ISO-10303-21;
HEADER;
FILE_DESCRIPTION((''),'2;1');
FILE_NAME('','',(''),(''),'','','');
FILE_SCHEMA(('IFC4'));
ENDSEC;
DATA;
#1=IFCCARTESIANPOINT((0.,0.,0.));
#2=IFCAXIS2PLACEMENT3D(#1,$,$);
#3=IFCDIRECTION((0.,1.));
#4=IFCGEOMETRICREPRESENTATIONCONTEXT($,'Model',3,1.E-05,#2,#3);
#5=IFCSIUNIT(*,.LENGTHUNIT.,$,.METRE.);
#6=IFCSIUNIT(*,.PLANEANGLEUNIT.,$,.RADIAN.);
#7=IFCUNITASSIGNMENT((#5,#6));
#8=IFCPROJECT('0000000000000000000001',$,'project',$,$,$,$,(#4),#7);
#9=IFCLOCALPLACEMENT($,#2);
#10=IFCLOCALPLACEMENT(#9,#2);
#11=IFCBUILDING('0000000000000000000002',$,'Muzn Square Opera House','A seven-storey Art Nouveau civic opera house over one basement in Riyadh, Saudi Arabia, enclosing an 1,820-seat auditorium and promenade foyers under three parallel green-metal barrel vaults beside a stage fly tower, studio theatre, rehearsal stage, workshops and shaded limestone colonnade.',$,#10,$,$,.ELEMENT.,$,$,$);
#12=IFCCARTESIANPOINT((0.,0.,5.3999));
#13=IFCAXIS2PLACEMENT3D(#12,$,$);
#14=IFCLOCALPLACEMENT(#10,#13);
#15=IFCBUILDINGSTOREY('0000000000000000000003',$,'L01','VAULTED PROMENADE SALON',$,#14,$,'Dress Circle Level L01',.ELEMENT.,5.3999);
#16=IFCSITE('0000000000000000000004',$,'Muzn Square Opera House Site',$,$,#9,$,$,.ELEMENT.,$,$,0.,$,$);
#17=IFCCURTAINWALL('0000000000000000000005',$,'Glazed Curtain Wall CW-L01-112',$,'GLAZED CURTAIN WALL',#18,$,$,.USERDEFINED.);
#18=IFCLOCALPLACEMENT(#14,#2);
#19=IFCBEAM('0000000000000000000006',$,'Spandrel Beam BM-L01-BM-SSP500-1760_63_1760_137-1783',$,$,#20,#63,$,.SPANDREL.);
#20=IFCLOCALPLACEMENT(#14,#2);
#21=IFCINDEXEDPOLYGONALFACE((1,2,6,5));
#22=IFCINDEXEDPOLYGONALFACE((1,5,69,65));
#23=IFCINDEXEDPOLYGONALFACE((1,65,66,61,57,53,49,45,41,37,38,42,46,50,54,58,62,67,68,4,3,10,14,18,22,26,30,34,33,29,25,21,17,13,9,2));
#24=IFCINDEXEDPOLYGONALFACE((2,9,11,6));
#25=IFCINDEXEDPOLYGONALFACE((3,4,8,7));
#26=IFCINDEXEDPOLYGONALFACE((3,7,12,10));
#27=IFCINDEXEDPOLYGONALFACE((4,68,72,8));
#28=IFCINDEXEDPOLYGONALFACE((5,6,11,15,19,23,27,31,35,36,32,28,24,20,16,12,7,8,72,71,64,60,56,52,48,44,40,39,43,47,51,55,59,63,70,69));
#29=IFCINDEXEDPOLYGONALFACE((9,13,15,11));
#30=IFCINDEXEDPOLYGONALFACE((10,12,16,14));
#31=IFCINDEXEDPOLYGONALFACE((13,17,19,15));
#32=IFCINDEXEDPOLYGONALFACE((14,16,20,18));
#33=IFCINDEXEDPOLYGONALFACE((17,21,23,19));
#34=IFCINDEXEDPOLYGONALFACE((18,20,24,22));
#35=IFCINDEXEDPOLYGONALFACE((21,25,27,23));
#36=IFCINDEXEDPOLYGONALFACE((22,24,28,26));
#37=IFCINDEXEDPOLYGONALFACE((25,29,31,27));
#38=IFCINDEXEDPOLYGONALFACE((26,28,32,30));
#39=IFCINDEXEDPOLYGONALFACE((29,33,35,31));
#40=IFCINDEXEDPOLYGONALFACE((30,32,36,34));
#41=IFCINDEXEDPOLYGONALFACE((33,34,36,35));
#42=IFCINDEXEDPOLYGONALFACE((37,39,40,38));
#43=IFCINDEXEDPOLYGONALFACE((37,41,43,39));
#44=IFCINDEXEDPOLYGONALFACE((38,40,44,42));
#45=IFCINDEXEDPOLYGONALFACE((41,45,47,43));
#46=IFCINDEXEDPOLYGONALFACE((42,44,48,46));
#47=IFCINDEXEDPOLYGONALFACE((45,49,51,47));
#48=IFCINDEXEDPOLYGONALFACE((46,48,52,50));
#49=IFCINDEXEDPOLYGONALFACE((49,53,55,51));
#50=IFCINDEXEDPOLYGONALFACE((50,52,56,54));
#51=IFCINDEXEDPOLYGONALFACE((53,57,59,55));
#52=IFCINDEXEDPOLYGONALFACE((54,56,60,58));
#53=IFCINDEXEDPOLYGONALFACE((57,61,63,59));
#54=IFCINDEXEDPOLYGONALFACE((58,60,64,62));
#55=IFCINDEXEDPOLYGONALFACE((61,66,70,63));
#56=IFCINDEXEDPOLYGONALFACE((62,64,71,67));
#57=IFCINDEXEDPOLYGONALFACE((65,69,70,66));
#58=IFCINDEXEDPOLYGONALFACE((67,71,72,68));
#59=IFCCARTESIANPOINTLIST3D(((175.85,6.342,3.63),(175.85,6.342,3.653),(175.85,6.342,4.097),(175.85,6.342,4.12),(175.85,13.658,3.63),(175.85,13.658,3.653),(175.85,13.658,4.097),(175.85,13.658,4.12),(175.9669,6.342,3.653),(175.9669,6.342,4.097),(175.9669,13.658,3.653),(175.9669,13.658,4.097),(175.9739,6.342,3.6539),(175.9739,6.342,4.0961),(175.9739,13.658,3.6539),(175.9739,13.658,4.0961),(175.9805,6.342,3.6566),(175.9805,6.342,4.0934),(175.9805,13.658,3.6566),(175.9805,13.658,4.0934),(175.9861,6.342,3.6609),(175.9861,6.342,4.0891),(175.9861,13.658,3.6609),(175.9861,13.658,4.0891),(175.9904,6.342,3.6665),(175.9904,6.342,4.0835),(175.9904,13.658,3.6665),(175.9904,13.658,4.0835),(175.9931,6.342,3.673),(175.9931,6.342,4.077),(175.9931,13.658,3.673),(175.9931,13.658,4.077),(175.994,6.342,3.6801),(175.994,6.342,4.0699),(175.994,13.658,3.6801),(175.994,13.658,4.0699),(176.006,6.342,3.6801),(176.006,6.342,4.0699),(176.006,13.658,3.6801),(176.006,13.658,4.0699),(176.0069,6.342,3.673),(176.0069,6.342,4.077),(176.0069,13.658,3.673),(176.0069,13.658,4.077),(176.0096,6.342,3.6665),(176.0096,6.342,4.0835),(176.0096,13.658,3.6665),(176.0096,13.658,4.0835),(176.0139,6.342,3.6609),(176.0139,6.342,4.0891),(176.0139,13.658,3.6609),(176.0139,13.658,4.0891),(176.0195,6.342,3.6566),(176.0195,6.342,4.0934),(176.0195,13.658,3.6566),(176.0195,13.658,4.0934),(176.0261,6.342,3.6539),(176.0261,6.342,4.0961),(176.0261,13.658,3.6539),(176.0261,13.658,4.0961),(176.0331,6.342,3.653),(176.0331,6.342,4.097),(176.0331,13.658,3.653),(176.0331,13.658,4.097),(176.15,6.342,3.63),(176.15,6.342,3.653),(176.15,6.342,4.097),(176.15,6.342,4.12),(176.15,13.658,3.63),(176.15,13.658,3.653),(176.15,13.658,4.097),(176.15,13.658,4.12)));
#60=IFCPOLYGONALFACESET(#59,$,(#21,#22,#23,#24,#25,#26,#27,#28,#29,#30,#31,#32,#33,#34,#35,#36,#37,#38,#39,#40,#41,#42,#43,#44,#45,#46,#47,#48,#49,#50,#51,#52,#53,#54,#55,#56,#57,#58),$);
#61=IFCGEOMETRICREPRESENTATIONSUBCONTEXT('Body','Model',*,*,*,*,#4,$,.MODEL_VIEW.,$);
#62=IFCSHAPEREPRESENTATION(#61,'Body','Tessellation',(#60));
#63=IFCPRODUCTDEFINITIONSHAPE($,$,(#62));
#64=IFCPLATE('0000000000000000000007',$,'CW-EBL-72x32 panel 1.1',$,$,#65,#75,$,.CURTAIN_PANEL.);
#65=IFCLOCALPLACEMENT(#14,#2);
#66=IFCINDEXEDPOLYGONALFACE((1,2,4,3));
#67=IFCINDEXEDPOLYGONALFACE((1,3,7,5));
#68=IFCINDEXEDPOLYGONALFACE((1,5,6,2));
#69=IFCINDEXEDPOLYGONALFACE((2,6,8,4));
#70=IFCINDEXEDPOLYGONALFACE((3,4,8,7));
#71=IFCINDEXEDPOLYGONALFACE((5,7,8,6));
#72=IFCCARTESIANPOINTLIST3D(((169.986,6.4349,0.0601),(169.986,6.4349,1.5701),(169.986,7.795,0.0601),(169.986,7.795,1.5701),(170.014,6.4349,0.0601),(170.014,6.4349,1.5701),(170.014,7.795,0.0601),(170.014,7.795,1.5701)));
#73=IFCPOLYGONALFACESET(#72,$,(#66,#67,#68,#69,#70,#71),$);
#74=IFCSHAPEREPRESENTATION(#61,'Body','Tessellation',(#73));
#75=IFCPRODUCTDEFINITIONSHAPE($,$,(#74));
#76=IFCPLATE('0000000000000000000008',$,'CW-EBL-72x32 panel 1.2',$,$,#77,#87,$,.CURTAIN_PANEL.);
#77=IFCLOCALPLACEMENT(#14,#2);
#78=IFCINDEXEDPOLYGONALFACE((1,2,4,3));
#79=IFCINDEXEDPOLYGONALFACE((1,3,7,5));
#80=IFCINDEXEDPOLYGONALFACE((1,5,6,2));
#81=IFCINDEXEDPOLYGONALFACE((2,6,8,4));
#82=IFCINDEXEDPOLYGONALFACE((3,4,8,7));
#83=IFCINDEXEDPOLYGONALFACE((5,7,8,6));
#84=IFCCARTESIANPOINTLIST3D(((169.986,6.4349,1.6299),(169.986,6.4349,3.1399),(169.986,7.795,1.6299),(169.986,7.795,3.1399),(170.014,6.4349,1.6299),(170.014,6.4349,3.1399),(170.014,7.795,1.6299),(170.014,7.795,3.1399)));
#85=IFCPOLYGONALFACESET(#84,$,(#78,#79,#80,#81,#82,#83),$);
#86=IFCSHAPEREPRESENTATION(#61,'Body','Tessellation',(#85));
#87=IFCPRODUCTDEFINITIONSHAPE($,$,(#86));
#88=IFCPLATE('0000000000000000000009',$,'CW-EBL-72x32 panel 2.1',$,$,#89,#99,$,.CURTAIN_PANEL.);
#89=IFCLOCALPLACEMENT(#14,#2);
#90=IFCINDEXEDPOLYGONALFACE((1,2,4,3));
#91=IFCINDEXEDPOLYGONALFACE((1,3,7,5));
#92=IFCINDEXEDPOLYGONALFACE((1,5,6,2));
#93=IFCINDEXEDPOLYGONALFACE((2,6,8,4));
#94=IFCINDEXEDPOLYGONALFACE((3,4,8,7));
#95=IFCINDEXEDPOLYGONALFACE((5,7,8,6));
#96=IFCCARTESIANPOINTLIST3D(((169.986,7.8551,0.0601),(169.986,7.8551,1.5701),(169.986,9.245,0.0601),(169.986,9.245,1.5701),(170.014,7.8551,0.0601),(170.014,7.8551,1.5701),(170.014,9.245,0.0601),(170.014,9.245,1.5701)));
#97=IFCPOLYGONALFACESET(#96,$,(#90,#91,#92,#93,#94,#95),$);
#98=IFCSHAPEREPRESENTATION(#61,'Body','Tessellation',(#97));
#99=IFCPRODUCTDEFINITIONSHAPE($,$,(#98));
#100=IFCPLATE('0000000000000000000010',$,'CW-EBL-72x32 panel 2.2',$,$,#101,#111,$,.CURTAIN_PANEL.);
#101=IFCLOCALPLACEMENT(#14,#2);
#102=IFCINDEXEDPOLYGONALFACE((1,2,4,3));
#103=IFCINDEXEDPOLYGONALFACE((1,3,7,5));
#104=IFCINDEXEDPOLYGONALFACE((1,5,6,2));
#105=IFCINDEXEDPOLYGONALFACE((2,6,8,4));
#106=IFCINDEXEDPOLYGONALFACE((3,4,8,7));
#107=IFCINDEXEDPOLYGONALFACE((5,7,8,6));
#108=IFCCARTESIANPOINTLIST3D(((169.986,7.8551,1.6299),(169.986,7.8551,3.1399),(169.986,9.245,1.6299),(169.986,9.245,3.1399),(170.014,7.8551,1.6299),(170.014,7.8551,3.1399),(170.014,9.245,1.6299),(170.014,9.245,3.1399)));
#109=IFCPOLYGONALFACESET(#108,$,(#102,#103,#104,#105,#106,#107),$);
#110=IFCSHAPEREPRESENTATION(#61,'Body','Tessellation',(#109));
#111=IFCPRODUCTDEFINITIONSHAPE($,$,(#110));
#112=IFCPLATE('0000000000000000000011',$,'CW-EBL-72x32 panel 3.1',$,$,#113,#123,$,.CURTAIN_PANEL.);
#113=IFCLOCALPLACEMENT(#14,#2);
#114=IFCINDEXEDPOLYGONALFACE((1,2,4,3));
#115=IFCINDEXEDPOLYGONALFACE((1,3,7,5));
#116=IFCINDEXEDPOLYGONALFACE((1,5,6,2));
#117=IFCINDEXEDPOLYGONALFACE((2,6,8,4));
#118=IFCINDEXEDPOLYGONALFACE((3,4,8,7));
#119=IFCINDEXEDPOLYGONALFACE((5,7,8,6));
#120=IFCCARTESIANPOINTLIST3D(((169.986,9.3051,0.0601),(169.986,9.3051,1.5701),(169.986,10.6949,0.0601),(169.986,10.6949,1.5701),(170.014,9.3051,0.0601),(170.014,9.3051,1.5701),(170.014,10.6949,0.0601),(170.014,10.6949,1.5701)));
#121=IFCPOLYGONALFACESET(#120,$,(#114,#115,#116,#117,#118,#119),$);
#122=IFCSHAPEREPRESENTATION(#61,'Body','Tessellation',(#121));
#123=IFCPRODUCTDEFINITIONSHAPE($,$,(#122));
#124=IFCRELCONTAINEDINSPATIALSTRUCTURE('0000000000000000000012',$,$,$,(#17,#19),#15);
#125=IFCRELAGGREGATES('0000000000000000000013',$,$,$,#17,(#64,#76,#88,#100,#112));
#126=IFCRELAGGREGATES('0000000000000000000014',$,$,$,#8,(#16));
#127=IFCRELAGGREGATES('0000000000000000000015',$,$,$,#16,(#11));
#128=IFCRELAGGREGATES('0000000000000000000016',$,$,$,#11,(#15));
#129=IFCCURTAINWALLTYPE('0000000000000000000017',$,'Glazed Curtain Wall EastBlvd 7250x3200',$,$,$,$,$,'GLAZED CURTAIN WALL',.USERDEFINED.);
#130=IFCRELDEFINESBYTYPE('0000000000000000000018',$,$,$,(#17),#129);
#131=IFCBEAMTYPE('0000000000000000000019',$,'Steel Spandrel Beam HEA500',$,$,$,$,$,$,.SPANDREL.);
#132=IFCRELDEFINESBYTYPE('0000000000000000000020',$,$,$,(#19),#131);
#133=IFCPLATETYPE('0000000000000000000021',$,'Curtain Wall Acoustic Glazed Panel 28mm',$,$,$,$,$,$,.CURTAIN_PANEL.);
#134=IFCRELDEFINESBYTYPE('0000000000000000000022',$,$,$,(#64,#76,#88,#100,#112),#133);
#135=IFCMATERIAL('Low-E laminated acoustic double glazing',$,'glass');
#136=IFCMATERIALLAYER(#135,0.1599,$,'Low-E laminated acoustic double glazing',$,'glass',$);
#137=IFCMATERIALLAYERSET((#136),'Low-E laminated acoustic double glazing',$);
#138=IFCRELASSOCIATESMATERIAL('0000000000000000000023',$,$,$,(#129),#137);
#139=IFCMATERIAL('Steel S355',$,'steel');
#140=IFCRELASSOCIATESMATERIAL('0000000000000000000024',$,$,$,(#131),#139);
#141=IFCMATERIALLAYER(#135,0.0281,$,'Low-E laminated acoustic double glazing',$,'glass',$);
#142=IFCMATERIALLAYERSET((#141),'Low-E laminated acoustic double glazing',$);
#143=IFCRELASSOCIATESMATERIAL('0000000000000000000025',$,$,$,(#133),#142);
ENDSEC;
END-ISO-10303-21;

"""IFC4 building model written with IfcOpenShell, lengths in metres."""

from ifc_helpers import new_model, si_unit, direction, frame, origin, origin_2d, place, context, subcontext, project, spatial, rectangle, i_section, extrude, material, layer, layer_set, material_profile, profile_set, type_object, element, aggregate, save


model = new_model("IFC4")

# Units and contexts
model_context = context("Model", 3, precision=1e-05, world=origin(), true_north=direction((0.0, 1.0)))
body_context = subcontext(model_context, "Body", "Model", "MODEL_VIEW")
ifc_project = project(units=[si_unit("LENGTHUNIT", "METRE"), si_unit("PLANEANGLEUNIT", "RADIAN")], contexts=[model_context])

# Site, building, storey
site_placement = place(None, origin())
site = spatial("IfcSite", under=ifc_project, at=site_placement, Name="Muzn Square Opera House Site", CompositionType="ELEMENT", RefElevation=0.0)
building_placement = place(site_placement, origin())
building = spatial("IfcBuilding", under=site, at=building_placement, Name="Muzn Square Opera House", Description="A seven-storey Art Nouveau civic opera house over one basement in Riyadh, Saudi Arabia, enclosing an 1,820-seat auditorium and promenade foyers under three parallel green-metal barrel vaults beside a stage fly tower, studio theatre, rehearsal stage, workshops and shaded limestone colonnade.", CompositionType="ELEMENT")
storey_placement = place(building_placement, frame((0.0, 0.0, 5.3999)))
storey = spatial("IfcBuildingStorey", under=building, at=storey_placement, Name="L01", Description="VAULTED PROMENADE SALON", LongName="Dress Circle Level L01", CompositionType="ELEMENT", Elevation=5.3999)

# Curtain wall
ifc_material_1 = material(Name="Low-E laminated acoustic double glazing", Category="glass")
ifc_layer_1 = layer(ifc_material_1, 0.1599, Name="Low-E laminated acoustic double glazing", Category="glass")
ifc_layer_set_1 = layer_set([ifc_layer_1], Name="Low-E laminated acoustic double glazing")
curtain_wall_type = type_object("IfcCurtainWallType", Name="Glazed Curtain Wall EastBlvd 7250x3200", ElementType="GLAZED CURTAIN WALL", PredefinedType="USERDEFINED", material=ifc_layer_set_1)
curtain_wall_placement = place(storey_placement, origin())
curtain_wall = element("IfcCurtainWall", 1, at=curtain_wall_placement, inside=storey, type_object=curtain_wall_type, Name="Glazed Curtain Wall CW-L01-112", ObjectType="GLAZED CURTAIN WALL", PredefinedType="USERDEFINED")

# Beam
ifc_material_2 = material(Name="Steel S355", Category="steel")
ifc_material_profile_1 = material_profile(ifc_material_2, i_section(OverallWidth=0.3, OverallDepth=0.49, WebThickness=0.012, FlangeThickness=0.0229, FilletRadius=0.0271, at=origin_2d()), Name="HEA 500", Category="steel")
ifc_profile_set_1 = profile_set([ifc_material_profile_1], Name="Steel S355")
beam_type_1 = type_object("IfcBeamType", Name="Steel Spandrel Beam HEA500", PredefinedType="SPANDREL", material=ifc_profile_set_1)
beam_1_placement = place(storey_placement, frame((176.0, 6.342, 3.875), z_axis=(0.0, 1.0, 0.0), x_axis=(-1.0, 0.0, 0.0)))
element("IfcBeam", 2, at=beam_1_placement, inside=storey, type_object=beam_type_1, Name="Spandrel Beam BM-L01-BM-SSP500-1760_63_1760_137-1783", PredefinedType="SPANDREL", context=body_context, shape_type="SweptSolid", body=[
    extrude(i_section(OverallWidth=0.3, OverallDepth=0.49, WebThickness=0.012, FlangeThickness=0.0229, FilletRadius=0.0271, at=origin_2d()), origin(), (0.0, 0.0, 1.0), 7.3159),
])

# Plates
ifc_layer_2 = layer(ifc_material_1, 0.0281, Name="Low-E laminated acoustic double glazing", Category="glass")
ifc_layer_set_2 = layer_set([ifc_layer_2], Name="Low-E laminated acoustic double glazing")
plate_type = type_object("IfcPlateType", Name="Curtain Wall Acoustic Glazed Panel 28mm", PredefinedType="CURTAIN_PANEL", material=ifc_layer_set_2)
plate_1_placement = place(storey_placement, frame((170.0, 7.115, 0.0601), z_axis=(0.0, 0.0, 1.0), x_axis=(0.0, 1.0, 0.0)))
plate_1 = element("IfcPlate", 3, at=plate_1_placement, type_object=plate_type, Name="CW-EBL-72x32 panel 1.1", PredefinedType="CURTAIN_PANEL", context=body_context, shape_type="SweptSolid", body=[
    extrude(rectangle(XDim=1.3601, YDim=0.0281, at=origin_2d()), origin(), (0.0, 0.0, 1.0), 1.51),
])
plate_2_placement = place(storey_placement, frame((170.0, 7.115, 1.6299), z_axis=(0.0, 0.0, 1.0), x_axis=(0.0, 1.0, 0.0)))
plate_2 = element("IfcPlate", 4, at=plate_2_placement, type_object=plate_type, Name="CW-EBL-72x32 panel 1.2", PredefinedType="CURTAIN_PANEL", context=body_context, shape_type="SweptSolid", body=[
    extrude(rectangle(XDim=1.3601, YDim=0.0281, at=origin_2d()), origin(), (0.0, 0.0, 1.0), 1.51),
])
plate_3_placement = place(storey_placement, frame((170.0, 8.55, 0.0601), z_axis=(0.0, 0.0, 1.0), x_axis=(0.0, 1.0, 0.0)))
plate_3 = element("IfcPlate", 5, at=plate_3_placement, type_object=plate_type, Name="CW-EBL-72x32 panel 2.1", PredefinedType="CURTAIN_PANEL", context=body_context, shape_type="SweptSolid", body=[
    extrude(rectangle(XDim=1.3899, YDim=0.0281, at=origin_2d()), origin(), (0.0, 0.0, 1.0), 1.51),
])
plate_4_placement = place(storey_placement, frame((170.0, 8.55, 1.6299), z_axis=(0.0, 0.0, 1.0), x_axis=(0.0, 1.0, 0.0)))
plate_4 = element("IfcPlate", 6, at=plate_4_placement, type_object=plate_type, Name="CW-EBL-72x32 panel 2.2", PredefinedType="CURTAIN_PANEL", context=body_context, shape_type="SweptSolid", body=[
    extrude(rectangle(XDim=1.3899, YDim=0.0281, at=origin_2d()), origin(), (0.0, 0.0, 1.0), 1.51),
])
plate_5_placement = place(storey_placement, frame((170.0, 10.0, 0.0601), z_axis=(0.0, 0.0, 1.0), x_axis=(0.0, 1.0, 0.0)))
plate_5 = element("IfcPlate", 7, at=plate_5_placement, type_object=plate_type, Name="CW-EBL-72x32 panel 3.1", PredefinedType="CURTAIN_PANEL", context=body_context, shape_type="SweptSolid", body=[
    extrude(rectangle(XDim=1.3899, YDim=0.0281, at=origin_2d()), origin(), (0.0, 0.0, 1.0), 1.51),
])
aggregate(curtain_wall, [plate_1, plate_2, plate_3, plate_4, plate_5])

save(model, "model.ifc")
